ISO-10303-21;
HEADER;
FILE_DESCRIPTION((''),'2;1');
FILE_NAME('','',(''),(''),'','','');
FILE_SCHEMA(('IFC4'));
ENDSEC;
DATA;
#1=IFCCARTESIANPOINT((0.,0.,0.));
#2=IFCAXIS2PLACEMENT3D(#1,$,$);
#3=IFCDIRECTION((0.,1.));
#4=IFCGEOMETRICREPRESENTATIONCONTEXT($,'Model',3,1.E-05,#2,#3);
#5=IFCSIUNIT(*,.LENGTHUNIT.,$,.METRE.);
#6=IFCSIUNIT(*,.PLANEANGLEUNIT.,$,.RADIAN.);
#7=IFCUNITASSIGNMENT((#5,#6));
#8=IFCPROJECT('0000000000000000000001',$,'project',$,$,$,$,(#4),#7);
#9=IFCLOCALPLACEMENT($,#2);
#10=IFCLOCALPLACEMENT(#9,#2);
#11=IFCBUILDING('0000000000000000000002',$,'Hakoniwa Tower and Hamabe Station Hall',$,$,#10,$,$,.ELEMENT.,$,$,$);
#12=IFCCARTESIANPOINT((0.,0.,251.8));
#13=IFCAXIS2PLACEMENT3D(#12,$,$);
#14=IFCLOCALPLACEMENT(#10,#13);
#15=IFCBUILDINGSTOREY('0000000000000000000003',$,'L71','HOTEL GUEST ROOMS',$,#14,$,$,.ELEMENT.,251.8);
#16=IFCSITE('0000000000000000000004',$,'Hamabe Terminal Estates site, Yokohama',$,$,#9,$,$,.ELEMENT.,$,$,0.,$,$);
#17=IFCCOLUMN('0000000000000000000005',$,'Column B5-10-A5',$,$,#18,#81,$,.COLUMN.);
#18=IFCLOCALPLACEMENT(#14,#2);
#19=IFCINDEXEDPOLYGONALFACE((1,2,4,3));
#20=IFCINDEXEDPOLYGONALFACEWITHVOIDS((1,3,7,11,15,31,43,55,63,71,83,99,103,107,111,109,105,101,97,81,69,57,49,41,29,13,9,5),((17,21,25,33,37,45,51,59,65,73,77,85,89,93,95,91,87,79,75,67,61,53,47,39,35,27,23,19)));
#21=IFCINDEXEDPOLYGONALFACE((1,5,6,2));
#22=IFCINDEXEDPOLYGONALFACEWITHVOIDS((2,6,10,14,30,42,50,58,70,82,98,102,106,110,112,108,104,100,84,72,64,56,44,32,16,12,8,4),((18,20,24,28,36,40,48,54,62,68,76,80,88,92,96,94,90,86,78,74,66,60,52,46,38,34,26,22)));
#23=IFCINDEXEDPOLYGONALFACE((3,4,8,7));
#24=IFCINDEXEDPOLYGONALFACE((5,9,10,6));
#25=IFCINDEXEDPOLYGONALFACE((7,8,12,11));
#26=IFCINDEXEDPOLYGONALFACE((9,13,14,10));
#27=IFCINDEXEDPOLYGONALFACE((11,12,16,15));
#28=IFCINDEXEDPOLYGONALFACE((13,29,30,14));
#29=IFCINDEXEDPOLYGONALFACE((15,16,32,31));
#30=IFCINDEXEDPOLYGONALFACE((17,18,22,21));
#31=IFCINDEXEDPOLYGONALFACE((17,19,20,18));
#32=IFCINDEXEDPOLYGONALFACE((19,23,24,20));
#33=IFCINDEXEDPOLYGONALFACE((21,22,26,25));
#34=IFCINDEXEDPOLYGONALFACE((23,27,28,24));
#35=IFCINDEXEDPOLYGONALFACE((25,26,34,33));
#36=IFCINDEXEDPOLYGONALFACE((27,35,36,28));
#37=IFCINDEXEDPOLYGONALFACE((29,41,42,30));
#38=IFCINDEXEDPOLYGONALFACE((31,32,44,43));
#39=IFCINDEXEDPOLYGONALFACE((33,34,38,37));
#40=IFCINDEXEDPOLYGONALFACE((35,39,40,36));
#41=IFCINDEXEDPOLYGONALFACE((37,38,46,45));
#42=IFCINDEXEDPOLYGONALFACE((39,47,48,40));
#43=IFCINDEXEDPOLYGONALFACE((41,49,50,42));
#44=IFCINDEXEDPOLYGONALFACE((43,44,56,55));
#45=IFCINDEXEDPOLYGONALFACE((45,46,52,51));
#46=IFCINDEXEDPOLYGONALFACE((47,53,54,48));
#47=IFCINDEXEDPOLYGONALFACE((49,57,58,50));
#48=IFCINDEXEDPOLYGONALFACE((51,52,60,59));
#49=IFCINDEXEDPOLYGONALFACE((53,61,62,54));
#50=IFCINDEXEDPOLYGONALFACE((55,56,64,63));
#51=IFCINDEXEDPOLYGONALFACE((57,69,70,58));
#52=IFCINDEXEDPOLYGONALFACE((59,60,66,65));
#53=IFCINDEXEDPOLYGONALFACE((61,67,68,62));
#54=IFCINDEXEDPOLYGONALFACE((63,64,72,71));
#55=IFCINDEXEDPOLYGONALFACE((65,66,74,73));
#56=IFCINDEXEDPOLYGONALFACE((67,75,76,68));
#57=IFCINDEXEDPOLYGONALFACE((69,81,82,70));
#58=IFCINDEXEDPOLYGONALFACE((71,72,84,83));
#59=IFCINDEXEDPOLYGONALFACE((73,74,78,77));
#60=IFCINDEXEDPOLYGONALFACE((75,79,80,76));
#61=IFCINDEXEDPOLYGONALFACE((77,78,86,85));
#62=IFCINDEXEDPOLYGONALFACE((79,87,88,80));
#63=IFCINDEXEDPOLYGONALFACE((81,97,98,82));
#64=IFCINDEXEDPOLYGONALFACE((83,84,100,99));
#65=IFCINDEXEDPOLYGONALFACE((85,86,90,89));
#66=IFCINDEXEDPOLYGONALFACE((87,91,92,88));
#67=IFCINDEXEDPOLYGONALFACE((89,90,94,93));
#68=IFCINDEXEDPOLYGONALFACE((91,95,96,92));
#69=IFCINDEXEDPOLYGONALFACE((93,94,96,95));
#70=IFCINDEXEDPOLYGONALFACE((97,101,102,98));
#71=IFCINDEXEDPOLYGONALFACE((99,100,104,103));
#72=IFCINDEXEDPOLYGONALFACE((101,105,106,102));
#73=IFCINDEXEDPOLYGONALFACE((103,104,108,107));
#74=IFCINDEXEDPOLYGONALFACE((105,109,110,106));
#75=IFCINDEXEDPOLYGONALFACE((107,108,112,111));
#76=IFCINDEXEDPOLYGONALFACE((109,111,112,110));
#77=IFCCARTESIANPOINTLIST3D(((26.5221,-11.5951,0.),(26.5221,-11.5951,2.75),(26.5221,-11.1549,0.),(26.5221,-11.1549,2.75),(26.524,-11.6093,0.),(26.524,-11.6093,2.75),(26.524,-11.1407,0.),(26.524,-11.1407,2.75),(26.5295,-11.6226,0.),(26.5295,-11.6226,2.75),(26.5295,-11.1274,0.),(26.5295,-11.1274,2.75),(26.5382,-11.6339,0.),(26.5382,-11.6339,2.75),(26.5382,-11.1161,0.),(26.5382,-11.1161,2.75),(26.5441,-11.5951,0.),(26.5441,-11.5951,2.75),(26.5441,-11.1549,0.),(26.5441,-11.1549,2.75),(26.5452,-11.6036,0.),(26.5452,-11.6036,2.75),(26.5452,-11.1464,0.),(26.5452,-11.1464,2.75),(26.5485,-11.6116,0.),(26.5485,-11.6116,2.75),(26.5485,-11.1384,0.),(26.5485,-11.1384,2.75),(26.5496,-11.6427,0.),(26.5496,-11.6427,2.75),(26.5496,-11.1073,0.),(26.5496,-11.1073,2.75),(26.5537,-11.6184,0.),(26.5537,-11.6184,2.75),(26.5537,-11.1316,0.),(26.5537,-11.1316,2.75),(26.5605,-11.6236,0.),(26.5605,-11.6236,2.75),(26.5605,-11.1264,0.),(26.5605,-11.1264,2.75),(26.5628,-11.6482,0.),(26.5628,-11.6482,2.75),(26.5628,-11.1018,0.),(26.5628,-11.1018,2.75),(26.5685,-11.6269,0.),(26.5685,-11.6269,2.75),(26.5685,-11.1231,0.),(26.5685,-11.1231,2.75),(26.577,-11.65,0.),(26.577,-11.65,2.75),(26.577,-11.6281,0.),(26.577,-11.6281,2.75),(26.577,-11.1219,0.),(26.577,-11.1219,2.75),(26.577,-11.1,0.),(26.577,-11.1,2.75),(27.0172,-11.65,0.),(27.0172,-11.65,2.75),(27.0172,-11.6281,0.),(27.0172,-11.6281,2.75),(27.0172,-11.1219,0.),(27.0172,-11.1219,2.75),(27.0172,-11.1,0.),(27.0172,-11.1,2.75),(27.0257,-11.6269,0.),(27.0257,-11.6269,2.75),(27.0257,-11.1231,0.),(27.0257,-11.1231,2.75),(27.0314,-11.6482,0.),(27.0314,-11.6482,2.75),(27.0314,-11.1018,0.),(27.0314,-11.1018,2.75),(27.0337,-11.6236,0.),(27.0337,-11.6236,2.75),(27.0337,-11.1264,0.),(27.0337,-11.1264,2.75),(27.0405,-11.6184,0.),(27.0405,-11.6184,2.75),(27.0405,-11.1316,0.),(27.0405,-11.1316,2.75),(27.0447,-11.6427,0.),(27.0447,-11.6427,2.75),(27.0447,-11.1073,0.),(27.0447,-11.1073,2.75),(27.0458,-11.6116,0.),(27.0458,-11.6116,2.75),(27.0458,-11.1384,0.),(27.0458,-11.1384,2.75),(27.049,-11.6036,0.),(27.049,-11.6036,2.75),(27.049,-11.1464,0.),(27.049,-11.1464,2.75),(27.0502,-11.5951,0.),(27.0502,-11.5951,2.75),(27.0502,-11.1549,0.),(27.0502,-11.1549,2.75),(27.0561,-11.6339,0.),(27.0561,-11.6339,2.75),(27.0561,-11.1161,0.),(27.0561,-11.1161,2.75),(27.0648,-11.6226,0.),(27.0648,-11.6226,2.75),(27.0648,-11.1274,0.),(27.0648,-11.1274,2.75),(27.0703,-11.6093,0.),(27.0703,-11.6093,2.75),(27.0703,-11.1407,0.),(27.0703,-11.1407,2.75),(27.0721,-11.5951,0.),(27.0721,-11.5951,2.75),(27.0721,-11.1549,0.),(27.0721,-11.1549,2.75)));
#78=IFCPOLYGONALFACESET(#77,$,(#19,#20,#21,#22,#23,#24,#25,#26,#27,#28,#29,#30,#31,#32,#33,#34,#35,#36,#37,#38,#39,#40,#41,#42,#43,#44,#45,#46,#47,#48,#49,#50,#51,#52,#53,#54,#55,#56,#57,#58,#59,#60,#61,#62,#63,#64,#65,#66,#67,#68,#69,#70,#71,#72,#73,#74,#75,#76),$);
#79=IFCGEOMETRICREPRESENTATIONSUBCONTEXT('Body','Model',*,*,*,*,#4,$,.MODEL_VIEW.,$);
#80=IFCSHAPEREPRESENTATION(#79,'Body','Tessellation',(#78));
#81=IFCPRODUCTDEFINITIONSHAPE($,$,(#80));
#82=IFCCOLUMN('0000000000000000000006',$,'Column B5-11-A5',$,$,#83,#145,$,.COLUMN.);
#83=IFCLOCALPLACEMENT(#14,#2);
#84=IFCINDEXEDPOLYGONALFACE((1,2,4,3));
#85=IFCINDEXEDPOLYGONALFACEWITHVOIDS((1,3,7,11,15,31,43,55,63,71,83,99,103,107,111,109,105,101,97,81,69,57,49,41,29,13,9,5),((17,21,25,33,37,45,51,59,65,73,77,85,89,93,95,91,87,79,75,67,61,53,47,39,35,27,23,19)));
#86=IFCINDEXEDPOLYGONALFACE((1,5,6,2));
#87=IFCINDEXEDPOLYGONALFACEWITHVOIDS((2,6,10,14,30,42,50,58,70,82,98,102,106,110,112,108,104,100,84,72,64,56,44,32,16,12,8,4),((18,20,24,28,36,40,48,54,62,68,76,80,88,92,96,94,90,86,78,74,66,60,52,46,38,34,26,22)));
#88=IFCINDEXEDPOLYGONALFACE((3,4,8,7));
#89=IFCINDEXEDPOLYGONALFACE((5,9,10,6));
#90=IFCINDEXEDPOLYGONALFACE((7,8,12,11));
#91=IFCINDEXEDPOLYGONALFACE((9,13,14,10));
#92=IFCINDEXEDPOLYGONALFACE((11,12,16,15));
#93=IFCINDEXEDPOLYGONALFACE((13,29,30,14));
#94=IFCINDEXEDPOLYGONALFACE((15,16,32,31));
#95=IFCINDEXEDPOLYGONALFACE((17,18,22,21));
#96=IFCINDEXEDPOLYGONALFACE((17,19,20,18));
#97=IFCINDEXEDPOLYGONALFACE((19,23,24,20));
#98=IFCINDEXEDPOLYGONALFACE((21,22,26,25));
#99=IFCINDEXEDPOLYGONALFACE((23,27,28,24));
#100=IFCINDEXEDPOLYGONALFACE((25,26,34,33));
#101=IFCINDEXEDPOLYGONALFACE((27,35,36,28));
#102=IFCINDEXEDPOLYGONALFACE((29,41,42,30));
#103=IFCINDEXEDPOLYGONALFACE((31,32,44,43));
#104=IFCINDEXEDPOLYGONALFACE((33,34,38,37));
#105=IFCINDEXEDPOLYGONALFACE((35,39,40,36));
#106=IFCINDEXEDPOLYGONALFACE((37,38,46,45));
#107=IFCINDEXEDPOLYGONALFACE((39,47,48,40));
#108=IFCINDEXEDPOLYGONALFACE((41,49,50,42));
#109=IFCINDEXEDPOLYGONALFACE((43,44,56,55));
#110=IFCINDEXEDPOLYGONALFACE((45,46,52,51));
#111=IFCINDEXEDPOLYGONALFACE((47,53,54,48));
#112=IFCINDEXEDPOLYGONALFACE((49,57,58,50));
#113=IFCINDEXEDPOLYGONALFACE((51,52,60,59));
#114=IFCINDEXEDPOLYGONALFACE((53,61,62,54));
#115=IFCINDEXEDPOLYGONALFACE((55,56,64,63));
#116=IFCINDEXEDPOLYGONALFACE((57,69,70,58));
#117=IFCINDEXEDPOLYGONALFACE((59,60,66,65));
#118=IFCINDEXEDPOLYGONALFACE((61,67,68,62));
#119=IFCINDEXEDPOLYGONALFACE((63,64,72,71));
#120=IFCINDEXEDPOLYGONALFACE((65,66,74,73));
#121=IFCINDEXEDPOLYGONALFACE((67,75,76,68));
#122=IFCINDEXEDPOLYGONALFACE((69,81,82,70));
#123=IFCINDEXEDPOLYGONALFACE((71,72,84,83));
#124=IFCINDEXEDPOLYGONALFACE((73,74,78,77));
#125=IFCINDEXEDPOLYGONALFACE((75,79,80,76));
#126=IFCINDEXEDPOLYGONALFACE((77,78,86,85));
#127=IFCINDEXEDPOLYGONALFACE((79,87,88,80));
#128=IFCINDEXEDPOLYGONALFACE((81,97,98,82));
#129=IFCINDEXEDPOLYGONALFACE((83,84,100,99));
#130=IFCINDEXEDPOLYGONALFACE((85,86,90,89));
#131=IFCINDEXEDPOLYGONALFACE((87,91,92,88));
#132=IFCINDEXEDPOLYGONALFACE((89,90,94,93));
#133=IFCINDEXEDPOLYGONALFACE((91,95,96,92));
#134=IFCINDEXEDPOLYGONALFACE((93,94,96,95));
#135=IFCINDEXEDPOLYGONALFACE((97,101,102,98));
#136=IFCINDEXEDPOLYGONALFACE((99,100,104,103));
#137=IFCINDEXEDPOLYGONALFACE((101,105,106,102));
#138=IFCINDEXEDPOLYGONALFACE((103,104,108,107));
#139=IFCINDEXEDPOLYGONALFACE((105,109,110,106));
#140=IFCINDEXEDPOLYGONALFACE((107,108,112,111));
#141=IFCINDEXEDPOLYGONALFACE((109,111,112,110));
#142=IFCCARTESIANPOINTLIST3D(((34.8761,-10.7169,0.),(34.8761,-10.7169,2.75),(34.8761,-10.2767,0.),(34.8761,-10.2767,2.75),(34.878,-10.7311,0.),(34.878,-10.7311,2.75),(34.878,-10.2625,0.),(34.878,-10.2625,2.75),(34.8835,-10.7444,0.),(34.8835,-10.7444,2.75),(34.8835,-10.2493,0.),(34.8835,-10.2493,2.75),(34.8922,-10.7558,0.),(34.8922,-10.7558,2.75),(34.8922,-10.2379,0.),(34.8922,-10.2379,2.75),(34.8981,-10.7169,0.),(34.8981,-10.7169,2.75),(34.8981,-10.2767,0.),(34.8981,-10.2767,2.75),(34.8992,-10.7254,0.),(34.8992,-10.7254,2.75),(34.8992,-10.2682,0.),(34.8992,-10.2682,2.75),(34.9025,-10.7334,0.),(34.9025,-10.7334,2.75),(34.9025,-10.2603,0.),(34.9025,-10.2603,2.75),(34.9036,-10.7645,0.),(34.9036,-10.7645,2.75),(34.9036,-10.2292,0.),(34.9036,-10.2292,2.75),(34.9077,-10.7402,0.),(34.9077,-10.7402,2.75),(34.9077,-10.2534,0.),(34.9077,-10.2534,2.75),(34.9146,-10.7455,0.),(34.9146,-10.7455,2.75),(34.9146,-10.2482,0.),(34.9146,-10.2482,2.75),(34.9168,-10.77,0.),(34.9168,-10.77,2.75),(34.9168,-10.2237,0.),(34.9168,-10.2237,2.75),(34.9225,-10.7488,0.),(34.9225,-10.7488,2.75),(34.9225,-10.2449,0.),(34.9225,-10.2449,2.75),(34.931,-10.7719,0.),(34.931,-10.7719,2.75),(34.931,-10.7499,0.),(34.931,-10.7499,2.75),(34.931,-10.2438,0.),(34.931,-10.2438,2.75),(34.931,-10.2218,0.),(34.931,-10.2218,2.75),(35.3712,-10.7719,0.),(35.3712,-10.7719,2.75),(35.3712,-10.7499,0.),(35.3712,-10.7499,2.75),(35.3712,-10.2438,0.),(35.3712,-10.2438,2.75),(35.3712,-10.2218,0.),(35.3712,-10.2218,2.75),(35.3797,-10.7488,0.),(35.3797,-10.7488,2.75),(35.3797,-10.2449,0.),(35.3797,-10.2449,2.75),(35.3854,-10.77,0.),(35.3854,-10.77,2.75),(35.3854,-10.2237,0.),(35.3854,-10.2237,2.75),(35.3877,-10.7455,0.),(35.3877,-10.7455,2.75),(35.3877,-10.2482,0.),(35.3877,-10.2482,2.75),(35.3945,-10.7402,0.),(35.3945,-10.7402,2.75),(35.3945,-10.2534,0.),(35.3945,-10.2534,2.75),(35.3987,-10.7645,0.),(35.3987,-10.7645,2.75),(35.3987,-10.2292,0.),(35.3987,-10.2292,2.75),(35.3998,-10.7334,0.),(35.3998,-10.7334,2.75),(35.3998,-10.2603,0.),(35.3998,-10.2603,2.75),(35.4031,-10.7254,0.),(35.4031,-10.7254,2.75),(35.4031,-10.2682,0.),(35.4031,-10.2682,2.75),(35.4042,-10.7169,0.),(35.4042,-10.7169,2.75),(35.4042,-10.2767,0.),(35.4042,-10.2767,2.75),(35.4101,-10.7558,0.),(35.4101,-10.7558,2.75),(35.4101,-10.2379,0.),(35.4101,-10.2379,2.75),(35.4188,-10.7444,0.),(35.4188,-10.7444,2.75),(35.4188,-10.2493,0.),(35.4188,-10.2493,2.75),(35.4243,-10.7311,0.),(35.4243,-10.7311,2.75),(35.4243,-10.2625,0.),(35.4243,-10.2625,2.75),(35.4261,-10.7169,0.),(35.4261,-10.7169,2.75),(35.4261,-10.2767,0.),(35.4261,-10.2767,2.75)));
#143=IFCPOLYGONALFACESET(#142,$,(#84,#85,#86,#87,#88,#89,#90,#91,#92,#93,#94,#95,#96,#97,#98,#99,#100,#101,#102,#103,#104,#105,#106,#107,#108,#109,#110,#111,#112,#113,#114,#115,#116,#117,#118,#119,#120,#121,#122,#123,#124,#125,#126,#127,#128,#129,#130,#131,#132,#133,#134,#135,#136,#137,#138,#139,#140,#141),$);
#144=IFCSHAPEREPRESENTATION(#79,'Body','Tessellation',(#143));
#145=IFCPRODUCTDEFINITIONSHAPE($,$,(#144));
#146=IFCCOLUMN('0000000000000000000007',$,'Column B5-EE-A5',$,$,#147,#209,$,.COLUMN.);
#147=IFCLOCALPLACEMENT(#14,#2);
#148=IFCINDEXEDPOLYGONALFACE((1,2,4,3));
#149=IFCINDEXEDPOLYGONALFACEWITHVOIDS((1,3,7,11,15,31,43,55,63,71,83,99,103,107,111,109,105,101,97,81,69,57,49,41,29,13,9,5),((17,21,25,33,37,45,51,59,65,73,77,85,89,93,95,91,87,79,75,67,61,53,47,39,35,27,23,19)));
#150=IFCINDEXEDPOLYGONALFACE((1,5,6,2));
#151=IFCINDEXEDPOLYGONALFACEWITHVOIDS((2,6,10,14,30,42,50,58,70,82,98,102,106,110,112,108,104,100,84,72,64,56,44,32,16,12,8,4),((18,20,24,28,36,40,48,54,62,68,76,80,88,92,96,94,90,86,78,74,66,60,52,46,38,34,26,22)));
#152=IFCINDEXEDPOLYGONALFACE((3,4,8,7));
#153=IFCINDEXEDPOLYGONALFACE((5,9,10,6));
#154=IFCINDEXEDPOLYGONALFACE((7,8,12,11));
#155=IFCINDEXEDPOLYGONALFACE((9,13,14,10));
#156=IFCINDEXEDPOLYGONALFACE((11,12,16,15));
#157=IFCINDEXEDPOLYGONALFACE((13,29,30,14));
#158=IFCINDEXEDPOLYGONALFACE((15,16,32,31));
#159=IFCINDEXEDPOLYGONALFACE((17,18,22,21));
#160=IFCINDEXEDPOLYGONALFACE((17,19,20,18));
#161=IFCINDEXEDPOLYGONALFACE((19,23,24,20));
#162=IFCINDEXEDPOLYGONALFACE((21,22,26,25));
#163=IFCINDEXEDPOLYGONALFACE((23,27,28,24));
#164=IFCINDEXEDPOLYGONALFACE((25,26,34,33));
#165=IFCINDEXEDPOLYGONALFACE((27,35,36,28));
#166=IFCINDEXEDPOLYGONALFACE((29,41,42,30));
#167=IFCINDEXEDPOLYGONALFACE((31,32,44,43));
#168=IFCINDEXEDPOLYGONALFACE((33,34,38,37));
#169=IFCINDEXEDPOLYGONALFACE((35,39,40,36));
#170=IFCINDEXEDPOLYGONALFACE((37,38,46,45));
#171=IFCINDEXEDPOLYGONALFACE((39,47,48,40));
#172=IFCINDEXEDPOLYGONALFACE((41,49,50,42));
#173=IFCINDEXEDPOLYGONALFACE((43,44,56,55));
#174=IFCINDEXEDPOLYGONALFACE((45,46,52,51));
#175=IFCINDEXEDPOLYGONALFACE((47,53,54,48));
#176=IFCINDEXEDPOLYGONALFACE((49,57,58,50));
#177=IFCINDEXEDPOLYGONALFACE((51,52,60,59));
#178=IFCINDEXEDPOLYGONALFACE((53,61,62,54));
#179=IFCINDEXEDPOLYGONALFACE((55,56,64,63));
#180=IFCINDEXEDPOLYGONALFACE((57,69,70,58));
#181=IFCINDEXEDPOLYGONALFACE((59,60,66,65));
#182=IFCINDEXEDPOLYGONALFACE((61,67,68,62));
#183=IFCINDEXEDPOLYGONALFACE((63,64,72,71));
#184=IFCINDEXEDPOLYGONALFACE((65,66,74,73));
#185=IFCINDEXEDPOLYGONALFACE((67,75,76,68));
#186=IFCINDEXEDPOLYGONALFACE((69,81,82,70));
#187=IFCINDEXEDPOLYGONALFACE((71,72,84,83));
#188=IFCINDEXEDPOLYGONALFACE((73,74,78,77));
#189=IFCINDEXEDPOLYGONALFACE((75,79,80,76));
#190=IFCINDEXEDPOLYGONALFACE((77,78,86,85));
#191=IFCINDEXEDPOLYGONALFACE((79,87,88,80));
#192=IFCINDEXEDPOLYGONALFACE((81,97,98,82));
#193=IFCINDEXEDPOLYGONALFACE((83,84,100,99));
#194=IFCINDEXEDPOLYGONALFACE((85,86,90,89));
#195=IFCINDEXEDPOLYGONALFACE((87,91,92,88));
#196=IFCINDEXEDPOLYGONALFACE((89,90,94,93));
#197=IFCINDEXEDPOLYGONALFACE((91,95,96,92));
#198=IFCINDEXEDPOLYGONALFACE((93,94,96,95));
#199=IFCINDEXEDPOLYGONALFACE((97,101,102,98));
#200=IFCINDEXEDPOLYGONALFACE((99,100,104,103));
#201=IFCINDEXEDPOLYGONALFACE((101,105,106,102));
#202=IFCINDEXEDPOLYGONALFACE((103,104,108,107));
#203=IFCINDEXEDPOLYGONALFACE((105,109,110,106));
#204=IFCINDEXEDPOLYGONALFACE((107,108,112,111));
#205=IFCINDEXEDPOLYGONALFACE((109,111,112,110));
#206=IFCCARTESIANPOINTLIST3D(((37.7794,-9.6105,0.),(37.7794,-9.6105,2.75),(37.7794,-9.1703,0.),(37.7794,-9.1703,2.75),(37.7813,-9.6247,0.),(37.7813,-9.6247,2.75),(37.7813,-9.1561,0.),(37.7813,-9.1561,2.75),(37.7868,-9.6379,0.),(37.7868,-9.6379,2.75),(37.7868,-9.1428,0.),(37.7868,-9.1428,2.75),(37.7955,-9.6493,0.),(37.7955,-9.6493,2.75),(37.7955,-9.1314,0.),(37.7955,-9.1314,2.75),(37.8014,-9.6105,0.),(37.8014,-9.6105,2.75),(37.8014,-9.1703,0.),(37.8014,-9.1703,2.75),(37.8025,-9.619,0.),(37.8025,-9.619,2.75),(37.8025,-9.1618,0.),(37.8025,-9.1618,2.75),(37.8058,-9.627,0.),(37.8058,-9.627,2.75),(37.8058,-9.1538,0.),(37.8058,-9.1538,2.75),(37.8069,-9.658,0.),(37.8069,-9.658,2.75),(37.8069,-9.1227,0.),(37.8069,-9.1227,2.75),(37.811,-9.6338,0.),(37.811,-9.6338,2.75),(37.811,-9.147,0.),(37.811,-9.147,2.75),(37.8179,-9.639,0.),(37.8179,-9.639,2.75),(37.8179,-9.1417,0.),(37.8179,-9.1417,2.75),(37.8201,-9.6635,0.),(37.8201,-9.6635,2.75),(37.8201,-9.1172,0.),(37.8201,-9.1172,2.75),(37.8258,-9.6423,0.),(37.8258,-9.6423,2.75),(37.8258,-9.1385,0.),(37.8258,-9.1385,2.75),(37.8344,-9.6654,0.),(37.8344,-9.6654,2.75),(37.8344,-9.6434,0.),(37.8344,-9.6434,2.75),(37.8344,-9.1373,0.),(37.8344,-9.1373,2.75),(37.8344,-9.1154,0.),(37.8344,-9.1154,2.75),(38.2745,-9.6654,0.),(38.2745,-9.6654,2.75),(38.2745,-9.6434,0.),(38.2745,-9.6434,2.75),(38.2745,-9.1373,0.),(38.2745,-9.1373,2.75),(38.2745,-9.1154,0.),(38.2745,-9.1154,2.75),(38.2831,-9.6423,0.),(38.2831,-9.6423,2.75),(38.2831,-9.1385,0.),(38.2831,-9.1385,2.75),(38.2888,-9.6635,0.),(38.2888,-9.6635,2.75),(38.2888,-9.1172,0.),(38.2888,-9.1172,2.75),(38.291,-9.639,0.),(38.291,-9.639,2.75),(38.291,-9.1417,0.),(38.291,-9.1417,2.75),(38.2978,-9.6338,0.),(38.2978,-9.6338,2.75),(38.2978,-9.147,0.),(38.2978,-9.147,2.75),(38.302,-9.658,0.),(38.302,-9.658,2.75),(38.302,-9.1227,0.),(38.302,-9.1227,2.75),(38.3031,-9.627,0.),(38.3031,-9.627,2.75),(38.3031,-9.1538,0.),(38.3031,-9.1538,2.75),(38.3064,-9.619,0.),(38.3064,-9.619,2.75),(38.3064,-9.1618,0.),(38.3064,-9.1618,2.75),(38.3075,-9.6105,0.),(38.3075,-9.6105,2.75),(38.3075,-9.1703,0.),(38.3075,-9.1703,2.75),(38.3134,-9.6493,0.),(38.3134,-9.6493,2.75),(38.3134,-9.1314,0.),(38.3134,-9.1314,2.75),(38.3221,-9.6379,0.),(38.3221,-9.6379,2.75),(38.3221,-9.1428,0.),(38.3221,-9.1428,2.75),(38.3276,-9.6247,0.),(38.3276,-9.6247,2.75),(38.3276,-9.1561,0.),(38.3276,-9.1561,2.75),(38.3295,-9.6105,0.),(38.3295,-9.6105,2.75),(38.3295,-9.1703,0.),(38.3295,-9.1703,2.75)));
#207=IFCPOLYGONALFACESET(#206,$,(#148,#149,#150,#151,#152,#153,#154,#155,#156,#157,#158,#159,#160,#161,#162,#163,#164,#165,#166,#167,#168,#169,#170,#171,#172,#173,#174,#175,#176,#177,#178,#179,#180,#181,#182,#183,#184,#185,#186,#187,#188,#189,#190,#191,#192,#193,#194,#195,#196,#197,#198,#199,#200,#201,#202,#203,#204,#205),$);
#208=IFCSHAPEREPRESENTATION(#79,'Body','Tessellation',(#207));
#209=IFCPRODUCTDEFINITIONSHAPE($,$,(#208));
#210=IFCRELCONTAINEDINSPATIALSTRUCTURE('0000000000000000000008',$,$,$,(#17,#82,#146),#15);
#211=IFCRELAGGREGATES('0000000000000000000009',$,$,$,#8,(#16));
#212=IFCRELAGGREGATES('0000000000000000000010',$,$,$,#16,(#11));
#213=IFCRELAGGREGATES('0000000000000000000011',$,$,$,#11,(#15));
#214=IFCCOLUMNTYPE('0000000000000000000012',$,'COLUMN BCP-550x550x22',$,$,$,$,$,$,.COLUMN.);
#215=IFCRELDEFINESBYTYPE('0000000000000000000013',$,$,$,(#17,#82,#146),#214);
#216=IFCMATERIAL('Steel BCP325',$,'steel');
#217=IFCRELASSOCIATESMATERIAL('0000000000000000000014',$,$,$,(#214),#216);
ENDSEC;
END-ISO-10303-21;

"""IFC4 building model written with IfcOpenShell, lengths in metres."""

from ifc_helpers import new_model, si_unit, direction, frame, origin, origin_2d, place, context, subcontext, project, spatial, hollow_rectangle, extrude, material, material_profile, profile_set, type_object, element, save


model = new_model("IFC4")

# Units and contexts
model_context = context("Model", 3, precision=1e-05, world=origin(), true_north=direction((0.0, 1.0)))
body_context = subcontext(model_context, "Body", "Model", "MODEL_VIEW")
ifc_project = project(units=[si_unit("LENGTHUNIT", "METRE"), si_unit("PLANEANGLEUNIT", "RADIAN")], contexts=[model_context])

# Site, building, storey
site_placement = place(None, origin())
site = spatial("IfcSite", under=ifc_project, at=site_placement, Name="Hamabe Terminal Estates site, Yokohama", CompositionType="ELEMENT", RefElevation=0.0)
building_placement = place(site_placement, origin())
building = spatial("IfcBuilding", under=site, at=building_placement, Name="Hakoniwa Tower and Hamabe Station Hall", CompositionType="ELEMENT")
storey_placement = place(building_placement, frame((0.0, 0.0, 251.8)))
storey = spatial("IfcBuildingStorey", under=building, at=storey_placement, Name="L71", Description="HOTEL GUEST ROOMS", CompositionType="ELEMENT", Elevation=251.8)

# Columns
ifc_material_1 = material(Name="Steel BCP325", Category="steel")
ifc_material_profile_1 = material_profile(ifc_material_1, hollow_rectangle(XDim=0.55, YDim=0.55, WallThickness=0.022, InnerFilletRadius=0.033, OuterFilletRadius=0.0549, at=origin_2d()), Name="BCP-550x550x22")
ifc_profile_set_1 = profile_set([ifc_material_profile_1], Name="Steel BCP325")
column_type = type_object("IfcColumnType", Name="COLUMN BCP-550x550x22", PredefinedType="COLUMN", material=ifc_profile_set_1)
for number, where, z_axis, x_axis, name in (
    (1, (26.7971, -11.375, 0.0), (0.0, 0.0, 1.0), (1.0, 0.0, 0.0), "Column B5-10-A5"),
    (2, (35.1511, -10.4968, 0.0), (0.0, 0.0, 1.0), (1.0, 0.0, 0.0), "Column B5-11-A5"),
    (3, (38.0544, -9.3904, 0.0), (0.0, 0.0, 1.0), (1.0, 0.0, 0.0), "Column B5-EE-A5"),
):
    element("IfcColumn", number, at=place(storey_placement, frame(where, z_axis=z_axis, x_axis=x_axis)), inside=storey, type_object=column_type, Name=name, PredefinedType="COLUMN", context=body_context, shape_type="SweptSolid", body=[
        extrude(hollow_rectangle(XDim=0.55, YDim=0.55, WallThickness=0.022, InnerFilletRadius=0.033, OuterFilletRadius=0.0549, at=origin_2d()), origin(), (0.0, 0.0, 1.0), 2.75),
    ])

save(model, "model.ifc")
